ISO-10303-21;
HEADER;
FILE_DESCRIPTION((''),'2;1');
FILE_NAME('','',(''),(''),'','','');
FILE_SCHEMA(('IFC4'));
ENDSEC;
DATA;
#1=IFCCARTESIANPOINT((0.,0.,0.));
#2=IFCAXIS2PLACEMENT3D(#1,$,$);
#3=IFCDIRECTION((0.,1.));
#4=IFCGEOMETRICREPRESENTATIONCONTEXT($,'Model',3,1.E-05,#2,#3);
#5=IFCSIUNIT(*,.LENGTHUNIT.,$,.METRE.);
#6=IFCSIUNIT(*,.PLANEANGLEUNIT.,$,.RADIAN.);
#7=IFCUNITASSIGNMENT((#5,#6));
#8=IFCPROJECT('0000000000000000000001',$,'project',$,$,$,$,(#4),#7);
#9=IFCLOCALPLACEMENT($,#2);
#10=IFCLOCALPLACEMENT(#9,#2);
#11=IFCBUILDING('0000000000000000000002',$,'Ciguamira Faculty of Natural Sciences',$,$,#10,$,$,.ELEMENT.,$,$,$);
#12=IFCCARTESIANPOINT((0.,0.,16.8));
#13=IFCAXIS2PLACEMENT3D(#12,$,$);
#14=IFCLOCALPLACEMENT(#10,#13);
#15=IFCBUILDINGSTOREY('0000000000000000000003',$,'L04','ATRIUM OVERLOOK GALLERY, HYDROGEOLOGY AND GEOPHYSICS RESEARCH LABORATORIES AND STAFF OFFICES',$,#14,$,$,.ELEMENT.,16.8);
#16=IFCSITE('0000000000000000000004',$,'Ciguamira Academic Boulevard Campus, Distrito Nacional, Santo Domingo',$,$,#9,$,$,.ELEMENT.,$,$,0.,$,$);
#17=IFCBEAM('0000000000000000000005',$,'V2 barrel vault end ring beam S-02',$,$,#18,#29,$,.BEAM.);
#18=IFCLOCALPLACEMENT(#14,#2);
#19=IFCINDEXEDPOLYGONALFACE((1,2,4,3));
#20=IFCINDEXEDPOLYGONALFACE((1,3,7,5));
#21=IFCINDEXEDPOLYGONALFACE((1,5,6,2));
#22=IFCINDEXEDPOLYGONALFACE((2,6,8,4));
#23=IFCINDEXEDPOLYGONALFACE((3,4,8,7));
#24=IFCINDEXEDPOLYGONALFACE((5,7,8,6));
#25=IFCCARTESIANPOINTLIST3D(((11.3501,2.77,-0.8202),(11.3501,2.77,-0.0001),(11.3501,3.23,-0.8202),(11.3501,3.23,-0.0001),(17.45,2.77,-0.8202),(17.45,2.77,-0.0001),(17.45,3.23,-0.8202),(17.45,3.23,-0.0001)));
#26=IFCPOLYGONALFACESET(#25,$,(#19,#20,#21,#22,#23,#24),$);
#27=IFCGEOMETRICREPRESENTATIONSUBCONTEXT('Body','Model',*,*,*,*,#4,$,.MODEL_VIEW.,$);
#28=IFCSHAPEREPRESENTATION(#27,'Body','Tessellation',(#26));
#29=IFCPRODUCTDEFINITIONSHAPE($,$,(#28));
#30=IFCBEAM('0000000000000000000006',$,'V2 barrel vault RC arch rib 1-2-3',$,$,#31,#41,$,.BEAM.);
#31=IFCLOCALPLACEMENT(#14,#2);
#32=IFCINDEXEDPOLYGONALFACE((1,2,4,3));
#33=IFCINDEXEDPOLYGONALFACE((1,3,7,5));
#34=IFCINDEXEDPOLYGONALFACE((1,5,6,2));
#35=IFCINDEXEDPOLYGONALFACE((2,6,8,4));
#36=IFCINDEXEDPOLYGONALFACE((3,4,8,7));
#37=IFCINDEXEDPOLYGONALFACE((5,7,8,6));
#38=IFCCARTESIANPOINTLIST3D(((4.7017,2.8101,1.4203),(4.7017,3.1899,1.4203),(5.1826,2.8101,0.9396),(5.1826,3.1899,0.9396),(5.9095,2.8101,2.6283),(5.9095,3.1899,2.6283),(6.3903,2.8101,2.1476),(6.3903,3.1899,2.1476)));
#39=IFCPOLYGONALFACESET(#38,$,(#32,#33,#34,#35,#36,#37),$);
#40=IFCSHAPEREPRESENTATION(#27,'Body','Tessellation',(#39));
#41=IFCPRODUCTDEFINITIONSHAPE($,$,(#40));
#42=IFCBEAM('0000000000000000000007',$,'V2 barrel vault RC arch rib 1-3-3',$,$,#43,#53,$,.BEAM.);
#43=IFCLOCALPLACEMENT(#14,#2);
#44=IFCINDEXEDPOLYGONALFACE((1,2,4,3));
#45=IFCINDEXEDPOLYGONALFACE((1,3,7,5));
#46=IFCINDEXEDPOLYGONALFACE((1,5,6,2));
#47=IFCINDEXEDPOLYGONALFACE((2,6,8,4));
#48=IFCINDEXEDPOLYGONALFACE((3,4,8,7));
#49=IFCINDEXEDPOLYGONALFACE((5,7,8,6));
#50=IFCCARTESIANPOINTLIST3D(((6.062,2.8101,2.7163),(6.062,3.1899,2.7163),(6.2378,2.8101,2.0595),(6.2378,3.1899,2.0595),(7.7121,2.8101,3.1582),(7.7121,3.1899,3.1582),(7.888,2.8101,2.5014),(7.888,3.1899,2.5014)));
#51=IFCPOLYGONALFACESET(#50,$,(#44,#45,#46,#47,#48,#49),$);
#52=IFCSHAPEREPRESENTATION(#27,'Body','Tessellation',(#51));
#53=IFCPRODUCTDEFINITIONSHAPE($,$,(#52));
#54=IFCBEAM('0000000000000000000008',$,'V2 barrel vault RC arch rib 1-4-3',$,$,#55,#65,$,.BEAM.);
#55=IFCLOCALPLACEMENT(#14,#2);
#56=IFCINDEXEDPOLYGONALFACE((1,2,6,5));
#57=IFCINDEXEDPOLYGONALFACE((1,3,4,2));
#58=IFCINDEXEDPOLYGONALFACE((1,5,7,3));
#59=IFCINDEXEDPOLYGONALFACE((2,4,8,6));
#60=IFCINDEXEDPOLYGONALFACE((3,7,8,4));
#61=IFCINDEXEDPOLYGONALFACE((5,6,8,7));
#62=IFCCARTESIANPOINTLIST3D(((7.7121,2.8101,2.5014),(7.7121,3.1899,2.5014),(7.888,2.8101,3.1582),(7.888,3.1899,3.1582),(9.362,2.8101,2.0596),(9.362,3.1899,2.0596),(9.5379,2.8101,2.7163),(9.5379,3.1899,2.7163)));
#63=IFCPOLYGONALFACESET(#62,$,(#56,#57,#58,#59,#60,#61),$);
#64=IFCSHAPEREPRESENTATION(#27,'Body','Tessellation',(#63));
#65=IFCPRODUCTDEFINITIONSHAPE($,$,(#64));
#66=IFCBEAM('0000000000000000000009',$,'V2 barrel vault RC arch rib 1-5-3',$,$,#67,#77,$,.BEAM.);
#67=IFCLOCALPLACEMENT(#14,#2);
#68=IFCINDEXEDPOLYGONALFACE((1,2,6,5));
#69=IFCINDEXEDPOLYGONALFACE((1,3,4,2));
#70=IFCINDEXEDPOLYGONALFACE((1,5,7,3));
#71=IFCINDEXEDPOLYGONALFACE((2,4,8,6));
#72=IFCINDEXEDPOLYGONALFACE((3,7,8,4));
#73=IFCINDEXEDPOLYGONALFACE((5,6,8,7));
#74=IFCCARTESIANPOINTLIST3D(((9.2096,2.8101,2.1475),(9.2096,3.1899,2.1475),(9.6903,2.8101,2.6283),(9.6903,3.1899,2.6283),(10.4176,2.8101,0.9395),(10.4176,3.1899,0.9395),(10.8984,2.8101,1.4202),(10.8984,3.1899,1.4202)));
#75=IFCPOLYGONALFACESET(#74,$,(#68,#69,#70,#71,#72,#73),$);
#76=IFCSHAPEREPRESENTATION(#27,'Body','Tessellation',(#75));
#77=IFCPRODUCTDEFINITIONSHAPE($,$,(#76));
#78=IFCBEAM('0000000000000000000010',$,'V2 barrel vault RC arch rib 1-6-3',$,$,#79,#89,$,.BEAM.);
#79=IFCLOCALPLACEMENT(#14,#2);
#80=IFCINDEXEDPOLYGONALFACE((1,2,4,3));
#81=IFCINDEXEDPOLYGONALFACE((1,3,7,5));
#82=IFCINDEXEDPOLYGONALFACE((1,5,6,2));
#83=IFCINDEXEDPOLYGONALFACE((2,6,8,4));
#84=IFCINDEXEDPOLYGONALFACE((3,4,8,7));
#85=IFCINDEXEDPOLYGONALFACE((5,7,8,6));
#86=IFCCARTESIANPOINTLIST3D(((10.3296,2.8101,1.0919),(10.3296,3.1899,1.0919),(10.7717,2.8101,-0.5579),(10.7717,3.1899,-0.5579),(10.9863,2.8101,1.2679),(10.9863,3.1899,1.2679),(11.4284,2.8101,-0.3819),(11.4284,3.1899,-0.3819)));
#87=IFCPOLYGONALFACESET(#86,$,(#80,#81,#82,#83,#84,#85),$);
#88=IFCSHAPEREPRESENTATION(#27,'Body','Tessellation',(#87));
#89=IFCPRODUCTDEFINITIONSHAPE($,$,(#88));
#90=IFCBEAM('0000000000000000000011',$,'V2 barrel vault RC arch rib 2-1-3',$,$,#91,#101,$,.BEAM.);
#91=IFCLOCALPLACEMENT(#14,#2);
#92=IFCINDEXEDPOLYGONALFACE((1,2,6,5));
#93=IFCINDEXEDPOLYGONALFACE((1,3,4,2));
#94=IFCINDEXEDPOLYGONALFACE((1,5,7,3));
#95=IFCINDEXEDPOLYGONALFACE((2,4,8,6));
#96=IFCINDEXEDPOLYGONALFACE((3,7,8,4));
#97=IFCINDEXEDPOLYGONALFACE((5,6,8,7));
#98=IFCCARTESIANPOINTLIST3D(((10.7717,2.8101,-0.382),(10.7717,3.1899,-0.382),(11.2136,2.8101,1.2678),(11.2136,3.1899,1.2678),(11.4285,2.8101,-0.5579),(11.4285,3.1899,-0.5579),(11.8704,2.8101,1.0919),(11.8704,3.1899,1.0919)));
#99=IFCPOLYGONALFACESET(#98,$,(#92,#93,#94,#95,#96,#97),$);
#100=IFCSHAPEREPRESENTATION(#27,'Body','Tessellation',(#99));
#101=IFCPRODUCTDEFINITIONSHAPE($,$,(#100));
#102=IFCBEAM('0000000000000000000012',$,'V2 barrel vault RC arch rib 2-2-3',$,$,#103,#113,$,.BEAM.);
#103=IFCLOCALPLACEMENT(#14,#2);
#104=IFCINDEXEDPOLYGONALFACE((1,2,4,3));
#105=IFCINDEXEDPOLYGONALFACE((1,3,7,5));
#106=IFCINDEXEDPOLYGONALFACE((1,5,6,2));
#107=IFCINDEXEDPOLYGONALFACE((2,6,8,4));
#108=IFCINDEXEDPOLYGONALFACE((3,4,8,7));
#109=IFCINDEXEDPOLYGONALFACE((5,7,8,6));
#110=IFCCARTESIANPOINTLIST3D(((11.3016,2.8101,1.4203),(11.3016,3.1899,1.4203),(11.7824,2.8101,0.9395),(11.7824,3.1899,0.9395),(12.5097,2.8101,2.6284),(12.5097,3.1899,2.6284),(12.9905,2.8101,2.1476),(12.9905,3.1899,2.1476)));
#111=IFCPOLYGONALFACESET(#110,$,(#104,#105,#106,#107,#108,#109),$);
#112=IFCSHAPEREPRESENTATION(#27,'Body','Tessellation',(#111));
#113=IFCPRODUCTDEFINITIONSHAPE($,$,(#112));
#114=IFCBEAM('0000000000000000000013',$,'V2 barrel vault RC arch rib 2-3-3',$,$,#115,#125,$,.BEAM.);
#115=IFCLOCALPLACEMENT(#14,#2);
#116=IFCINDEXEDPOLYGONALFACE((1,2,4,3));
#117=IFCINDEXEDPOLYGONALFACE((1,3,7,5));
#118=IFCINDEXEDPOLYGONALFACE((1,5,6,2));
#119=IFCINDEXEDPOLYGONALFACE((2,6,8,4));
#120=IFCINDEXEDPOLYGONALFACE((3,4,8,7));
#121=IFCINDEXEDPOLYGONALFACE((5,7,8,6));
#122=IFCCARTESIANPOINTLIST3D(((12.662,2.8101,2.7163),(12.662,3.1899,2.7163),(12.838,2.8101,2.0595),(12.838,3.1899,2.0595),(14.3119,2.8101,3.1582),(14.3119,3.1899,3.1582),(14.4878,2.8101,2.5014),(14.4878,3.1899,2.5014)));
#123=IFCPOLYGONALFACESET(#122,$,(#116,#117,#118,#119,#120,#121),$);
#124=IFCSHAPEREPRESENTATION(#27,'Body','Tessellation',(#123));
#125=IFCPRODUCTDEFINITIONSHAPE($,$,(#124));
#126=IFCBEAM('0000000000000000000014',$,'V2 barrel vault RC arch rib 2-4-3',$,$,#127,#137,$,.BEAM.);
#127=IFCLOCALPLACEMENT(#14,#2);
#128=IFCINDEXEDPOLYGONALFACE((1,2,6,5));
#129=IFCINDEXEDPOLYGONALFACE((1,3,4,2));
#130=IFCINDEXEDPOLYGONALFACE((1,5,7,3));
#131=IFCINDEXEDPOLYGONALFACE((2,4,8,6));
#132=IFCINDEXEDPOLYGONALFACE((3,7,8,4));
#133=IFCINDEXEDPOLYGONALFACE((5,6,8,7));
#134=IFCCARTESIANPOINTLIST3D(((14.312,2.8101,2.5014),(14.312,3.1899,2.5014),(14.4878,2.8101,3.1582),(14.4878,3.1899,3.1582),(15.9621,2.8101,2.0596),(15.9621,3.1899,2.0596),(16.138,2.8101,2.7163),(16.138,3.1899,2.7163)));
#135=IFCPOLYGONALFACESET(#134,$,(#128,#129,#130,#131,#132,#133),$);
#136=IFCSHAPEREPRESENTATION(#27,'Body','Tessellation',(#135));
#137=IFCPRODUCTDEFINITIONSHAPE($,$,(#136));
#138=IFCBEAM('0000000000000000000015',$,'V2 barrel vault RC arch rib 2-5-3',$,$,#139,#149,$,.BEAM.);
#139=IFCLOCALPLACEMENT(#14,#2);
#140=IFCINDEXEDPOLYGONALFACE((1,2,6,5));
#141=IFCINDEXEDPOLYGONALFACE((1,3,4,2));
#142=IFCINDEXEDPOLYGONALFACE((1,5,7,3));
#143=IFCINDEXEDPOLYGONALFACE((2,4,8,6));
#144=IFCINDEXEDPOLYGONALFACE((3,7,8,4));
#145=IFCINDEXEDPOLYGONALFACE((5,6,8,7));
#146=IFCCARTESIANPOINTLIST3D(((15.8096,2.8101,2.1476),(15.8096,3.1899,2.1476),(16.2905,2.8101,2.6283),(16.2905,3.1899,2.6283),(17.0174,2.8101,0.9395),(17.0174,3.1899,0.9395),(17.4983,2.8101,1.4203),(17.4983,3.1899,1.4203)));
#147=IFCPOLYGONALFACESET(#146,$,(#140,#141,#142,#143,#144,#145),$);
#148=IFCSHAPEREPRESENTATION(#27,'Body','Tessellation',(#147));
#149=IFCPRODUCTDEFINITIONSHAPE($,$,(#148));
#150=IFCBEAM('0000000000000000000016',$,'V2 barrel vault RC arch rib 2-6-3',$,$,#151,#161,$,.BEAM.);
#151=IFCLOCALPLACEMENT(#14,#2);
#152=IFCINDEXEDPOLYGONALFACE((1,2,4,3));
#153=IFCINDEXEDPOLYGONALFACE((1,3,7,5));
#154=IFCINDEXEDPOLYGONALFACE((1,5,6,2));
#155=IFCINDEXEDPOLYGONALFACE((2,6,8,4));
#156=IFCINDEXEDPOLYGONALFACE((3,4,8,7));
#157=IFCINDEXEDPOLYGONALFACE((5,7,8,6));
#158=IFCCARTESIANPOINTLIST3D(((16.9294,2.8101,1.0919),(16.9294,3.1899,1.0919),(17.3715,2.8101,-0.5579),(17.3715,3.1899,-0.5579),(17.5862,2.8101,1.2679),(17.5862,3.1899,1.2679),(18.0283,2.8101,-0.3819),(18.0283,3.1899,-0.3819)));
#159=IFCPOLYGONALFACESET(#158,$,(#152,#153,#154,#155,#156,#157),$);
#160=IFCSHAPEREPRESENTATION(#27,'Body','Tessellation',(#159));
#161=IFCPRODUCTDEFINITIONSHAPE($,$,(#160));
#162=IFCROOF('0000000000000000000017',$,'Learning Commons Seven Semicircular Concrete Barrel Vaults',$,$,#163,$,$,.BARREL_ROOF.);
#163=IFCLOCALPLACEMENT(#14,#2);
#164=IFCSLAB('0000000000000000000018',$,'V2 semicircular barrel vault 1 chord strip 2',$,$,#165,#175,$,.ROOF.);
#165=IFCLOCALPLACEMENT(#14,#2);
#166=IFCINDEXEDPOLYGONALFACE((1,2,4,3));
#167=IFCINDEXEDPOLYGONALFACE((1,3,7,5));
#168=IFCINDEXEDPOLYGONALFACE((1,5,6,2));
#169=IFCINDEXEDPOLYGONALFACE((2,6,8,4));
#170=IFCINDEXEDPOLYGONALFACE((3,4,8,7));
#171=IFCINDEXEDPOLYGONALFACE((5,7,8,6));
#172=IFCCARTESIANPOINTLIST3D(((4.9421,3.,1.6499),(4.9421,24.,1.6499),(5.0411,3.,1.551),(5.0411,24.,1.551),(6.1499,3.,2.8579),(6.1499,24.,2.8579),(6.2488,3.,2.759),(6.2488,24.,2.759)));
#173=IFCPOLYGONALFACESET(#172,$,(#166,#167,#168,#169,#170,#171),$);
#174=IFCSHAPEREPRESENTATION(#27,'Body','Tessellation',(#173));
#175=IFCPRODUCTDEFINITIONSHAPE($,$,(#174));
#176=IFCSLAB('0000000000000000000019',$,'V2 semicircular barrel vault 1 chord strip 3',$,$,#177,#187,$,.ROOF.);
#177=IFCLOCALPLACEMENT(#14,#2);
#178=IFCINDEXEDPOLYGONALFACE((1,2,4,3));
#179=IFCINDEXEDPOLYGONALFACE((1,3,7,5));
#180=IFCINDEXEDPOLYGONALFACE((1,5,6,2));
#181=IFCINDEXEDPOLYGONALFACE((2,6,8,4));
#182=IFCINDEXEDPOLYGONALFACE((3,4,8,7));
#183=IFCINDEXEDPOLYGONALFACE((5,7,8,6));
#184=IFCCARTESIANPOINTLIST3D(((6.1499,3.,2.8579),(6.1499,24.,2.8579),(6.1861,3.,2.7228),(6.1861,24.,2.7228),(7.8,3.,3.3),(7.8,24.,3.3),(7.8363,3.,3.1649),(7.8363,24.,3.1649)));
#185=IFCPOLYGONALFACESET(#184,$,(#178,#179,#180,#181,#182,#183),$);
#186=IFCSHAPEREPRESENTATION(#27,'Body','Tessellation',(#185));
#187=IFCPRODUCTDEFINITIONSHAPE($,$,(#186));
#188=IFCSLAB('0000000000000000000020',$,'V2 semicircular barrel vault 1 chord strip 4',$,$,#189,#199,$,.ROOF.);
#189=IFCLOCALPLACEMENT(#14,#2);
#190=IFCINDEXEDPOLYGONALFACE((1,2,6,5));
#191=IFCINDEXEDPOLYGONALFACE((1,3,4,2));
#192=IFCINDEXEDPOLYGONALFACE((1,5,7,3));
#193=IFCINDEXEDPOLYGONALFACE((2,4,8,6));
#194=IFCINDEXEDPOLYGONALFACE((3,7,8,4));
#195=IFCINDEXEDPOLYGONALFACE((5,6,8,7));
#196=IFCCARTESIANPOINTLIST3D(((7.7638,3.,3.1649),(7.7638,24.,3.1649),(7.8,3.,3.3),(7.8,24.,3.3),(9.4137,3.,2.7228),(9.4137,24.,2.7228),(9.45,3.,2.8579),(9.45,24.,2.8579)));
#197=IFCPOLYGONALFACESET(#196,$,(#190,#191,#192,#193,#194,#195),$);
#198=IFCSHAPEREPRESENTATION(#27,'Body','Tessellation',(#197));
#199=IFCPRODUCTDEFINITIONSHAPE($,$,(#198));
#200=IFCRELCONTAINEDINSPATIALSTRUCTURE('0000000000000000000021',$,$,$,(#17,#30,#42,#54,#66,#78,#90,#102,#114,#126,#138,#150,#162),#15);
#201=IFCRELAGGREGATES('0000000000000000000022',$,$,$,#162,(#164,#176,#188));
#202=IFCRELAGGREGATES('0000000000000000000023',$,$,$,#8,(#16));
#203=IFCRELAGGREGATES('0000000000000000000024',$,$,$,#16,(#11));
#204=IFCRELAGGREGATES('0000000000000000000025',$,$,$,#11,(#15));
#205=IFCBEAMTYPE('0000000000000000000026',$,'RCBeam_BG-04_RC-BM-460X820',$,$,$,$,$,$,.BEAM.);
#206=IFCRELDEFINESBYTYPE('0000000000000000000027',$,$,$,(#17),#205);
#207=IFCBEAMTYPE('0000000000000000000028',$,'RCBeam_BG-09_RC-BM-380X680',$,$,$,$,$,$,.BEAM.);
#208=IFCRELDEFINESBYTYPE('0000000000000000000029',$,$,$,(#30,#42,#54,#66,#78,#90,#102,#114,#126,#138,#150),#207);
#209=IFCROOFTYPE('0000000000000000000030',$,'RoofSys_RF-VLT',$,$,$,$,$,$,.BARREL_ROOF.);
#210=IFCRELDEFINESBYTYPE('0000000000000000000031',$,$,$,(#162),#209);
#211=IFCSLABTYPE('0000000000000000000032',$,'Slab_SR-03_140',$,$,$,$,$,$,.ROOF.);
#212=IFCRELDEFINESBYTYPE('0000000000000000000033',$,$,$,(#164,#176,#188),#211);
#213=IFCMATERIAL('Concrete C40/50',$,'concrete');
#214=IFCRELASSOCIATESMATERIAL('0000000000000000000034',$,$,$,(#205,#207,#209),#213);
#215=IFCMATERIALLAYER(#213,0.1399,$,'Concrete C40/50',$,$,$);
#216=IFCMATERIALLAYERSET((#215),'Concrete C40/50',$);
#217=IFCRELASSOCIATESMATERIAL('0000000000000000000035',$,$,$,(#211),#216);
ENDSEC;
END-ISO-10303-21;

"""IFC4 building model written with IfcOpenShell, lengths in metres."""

from ifc_helpers import new_model, si_unit, direction, frame, origin, origin_2d, place, context, subcontext, project, spatial, polyline, rectangle, outline, extrude, material, layer, layer_set, material_profile, profile_set, type_object, element, aggregate, save


model = new_model("IFC4")

# Units and contexts
model_context = context("Model", 3, precision=1e-05, world=origin(), true_north=direction((0.0, 1.0)))
body_context = subcontext(model_context, "Body", "Model", "MODEL_VIEW")
ifc_project = project(units=[si_unit("LENGTHUNIT", "METRE"), si_unit("PLANEANGLEUNIT", "RADIAN")], contexts=[model_context])

# Site, building, storey
site_placement = place(None, origin())
site = spatial("IfcSite", under=ifc_project, at=site_placement, Name="Ciguamira Academic Boulevard Campus, Distrito Nacional, Santo Domingo", CompositionType="ELEMENT", RefElevation=0.0)
building_placement = place(site_placement, origin())
building = spatial("IfcBuilding", under=site, at=building_placement, Name="Ciguamira Faculty of Natural Sciences", CompositionType="ELEMENT")
storey_placement = place(building_placement, frame((0.0, 0.0, 16.8)))
storey = spatial("IfcBuildingStorey", under=building, at=storey_placement, Name="L04", Description="ATRIUM OVERLOOK GALLERY, HYDROGEOLOGY AND GEOPHYSICS RESEARCH LABORATORIES AND STAFF OFFICES", CompositionType="ELEMENT", Elevation=16.8)

# Beams
ifc_material = material(Name="Concrete C40/50", Category="concrete")
ifc_material_profile_1 = material_profile(ifc_material, rectangle(XDim=0.46, YDim=0.8201, at=origin_2d()), Name="RC-BM-460X820")
ifc_profile_set_1 = profile_set([ifc_material_profile_1], Name="Concrete C40/50")
beam_type_1 = type_object("IfcBeamType", Name="RCBeam_BG-04_RC-BM-460X820", PredefinedType="BEAM", material=ifc_profile_set_1)
beam_1_placement = place(storey_placement, frame((11.3501, 3.0, -0.4102), z_axis=(1.0, 0.0, 0.0), x_axis=(0.0, 1.0, 0.0)))
element("IfcBeam", 1, at=beam_1_placement, inside=storey, type_object=beam_type_1, Name="V2 barrel vault end ring beam S-02", PredefinedType="BEAM", context=body_context, shape_type="SweptSolid", body=[
    extrude(rectangle(XDim=0.46, YDim=0.8201, at=origin_2d()), origin(), (0.0, 0.0, 1.0), 6.0999),
])
ifc_material_profile_2 = material_profile(ifc_material, rectangle(XDim=0.3799, YDim=0.6799, at=origin_2d()), Name="RC-BM-380X680")
ifc_profile_set_2 = profile_set([ifc_material_profile_2], Name="Concrete C40/50")
beam_type_2 = type_object("IfcBeamType", Name="RCBeam_BG-09_RC-BM-380X680", PredefinedType="BEAM", material=ifc_profile_set_2)
for number, where, z_axis, x_axis, name in (
    (2, (4.9421, 3.0, 1.1799), (0.707035, 0.0, 0.707178), (0.0, 1.0, 0.0), "V2 barrel vault RC arch rib 1-2-3"),
    (3, (6.1499, 3.0, 2.3879), (0.965964, 0.0, 0.258677), (0.0, 1.0, 0.0), "V2 barrel vault RC arch rib 1-3-3"),
):
    element("IfcBeam", number, at=place(storey_placement, frame(where, z_axis=z_axis, x_axis=x_axis)), inside=storey, type_object=beam_type_2, Name=name, PredefinedType="BEAM", context=body_context, shape_type="SweptSolid", body=[
        extrude(rectangle(XDim=0.3799, YDim=0.6799, at=origin_2d()), origin(), (0.0, 0.0, 1.0), 1.7083),
    ])
beam_2_placement = place(storey_placement, frame((7.8, 3.0, 2.8298), z_axis=(0.965954, 0.0, -0.258712), x_axis=(0.0, 1.0, 0.0)))
element("IfcBeam", 4, at=beam_2_placement, inside=storey, type_object=beam_type_2, Name="V2 barrel vault RC arch rib 1-4-3", PredefinedType="BEAM", context=body_context, shape_type="SweptSolid", body=[
    extrude(rectangle(XDim=0.3799, YDim=0.6799, at=origin_2d()), origin(), (0.0, 0.0, 1.0), 1.708),
])
beam_3_placement = place(storey_placement, frame((9.45, 3.0, 2.3879), z_axis=(0.707107, 0.0, -0.707107), x_axis=(0.0, 1.0, 0.0)))
element("IfcBeam", 5, at=beam_3_placement, inside=storey, type_object=beam_type_2, Name="V2 barrel vault RC arch rib 1-5-3", PredefinedType="BEAM", context=body_context, shape_type="SweptSolid", body=[
    extrude(rectangle(XDim=0.3799, YDim=0.6799, at=origin_2d()), origin(), (0.0, 0.0, 1.0), 1.7085),
])
for number, where, z_axis, x_axis, name in (
    (6, (10.658, 3.0, 1.1799), (0.258846, 0.0, -0.965919), (0.0, 1.0, 0.0), "V2 barrel vault RC arch rib 1-6-3"),
    (7, (11.1001, 3.0, -0.47), (0.258712, 0.0, 0.965954), (0.0, 1.0, 0.0), "V2 barrel vault RC arch rib 2-1-3"),
):
    element("IfcBeam", number, at=place(storey_placement, frame(where, z_axis=z_axis, x_axis=x_axis)), inside=storey, type_object=beam_type_2, Name=name, PredefinedType="BEAM", context=body_context, shape_type="SweptSolid", body=[
        extrude(rectangle(XDim=0.3799, YDim=0.6799, at=origin_2d()), origin(), (0.0, 0.0, 1.0), 1.708),
    ])
beam_4_placement = place(storey_placement, frame((11.542, 3.0, 1.1799), z_axis=(0.707107, 0.0, 0.707107), x_axis=(0.0, 1.0, 0.0)))
element("IfcBeam", 8, at=beam_4_placement, inside=storey, type_object=beam_type_2, Name="V2 barrel vault RC arch rib 2-2-3", PredefinedType="BEAM", context=body_context, shape_type="SweptSolid", body=[
    extrude(rectangle(XDim=0.3799, YDim=0.6799, at=origin_2d()), origin(), (0.0, 0.0, 1.0), 1.7085),
])
beam_5_placement = place(storey_placement, frame((12.75, 3.0, 2.3879), z_axis=(0.965954, 0.0, 0.258712), x_axis=(0.0, 1.0, 0.0)))
element("IfcBeam", 9, at=beam_5_placement, inside=storey, type_object=beam_type_2, Name="V2 barrel vault RC arch rib 2-3-3", PredefinedType="BEAM", context=body_context, shape_type="SweptSolid", body=[
    extrude(rectangle(XDim=0.3799, YDim=0.6799, at=origin_2d()), origin(), (0.0, 0.0, 1.0), 1.708),
])
for number, where, z_axis, x_axis, name in (
    (10, (14.3999, 3.0, 2.8298), (0.965964, 0.0, -0.258677), (0.0, 1.0, 0.0), "V2 barrel vault RC arch rib 2-4-3"),
    (11, (16.05, 3.0, 2.3879), (0.707035, 0.0, -0.707178), (0.0, 1.0, 0.0), "V2 barrel vault RC arch rib 2-5-3"),
):
    element("IfcBeam", number, at=place(storey_placement, frame(where, z_axis=z_axis, x_axis=x_axis)), inside=storey, type_object=beam_type_2, Name=name, PredefinedType="BEAM", context=body_context, shape_type="SweptSolid", body=[
        extrude(rectangle(XDim=0.3799, YDim=0.6799, at=origin_2d()), origin(), (0.0, 0.0, 1.0), 1.7083),
    ])
beam_6_placement = place(storey_placement, frame((17.2578, 3.0, 1.1799), z_axis=(0.258846, 0.0, -0.965919), x_axis=(0.0, 1.0, 0.0)))
element("IfcBeam", 12, at=beam_6_placement, inside=storey, type_object=beam_type_2, Name="V2 barrel vault RC arch rib 2-6-3", PredefinedType="BEAM", context=body_context, shape_type="SweptSolid", body=[
    extrude(rectangle(XDim=0.3799, YDim=0.6799, at=origin_2d()), origin(), (0.0, 0.0, 1.0), 1.708),
])

# Roof, slabs
roof_type = type_object("IfcRoofType", Name="RoofSys_RF-VLT", PredefinedType="BARREL_ROOF", material=ifc_material)
roof_placement = place(storey_placement, origin())
roof = element("IfcRoof", 13, at=roof_placement, inside=storey, type_object=roof_type, Name="Learning Commons Seven Semicircular Concrete Barrel Vaults", PredefinedType="BARREL_ROOF")
ifc_layer = layer(ifc_material, 0.1399, Name="Concrete C40/50")
ifc_layer_set = layer_set([ifc_layer], Name="Concrete C40/50")
slab_type = type_object("IfcSlabType", Name="Slab_SR-03_140", PredefinedType="ROOF", material=ifc_layer_set)
slab_1_placement = place(storey_placement, frame((4.9421, 3.0, 1.6499), z_axis=(-0.707178, 0.0, 0.707035), x_axis=(0.707035, 0.0, 0.707178)))
slab_1 = element("IfcSlab", 14, at=slab_1_placement, type_object=slab_type, Name="V2 semicircular barrel vault 1 chord strip 2", PredefinedType="ROOF", context=body_context, shape_type="SweptSolid", body=[
    extrude(outline(polyline([(0.0, 0.0), (1.7082, 0.0), (1.7082, 21.0), (0.0, 21.0), (0.0, 0.0)])), origin(), (0.0, 0.0, -1.0), 0.1399),
])
slab_2_placement = place(storey_placement, frame((6.1499, 3.0, 2.8579), z_axis=(-0.25881, 0.0, 0.965928), x_axis=(0.965928, 0.0, 0.25881)))
slab_2 = element("IfcSlab", 15, at=slab_2_placement, type_object=slab_type, Name="V2 semicircular barrel vault 1 chord strip 3", PredefinedType="ROOF", context=body_context, shape_type="SweptSolid", body=[
    extrude(outline(polyline([(0.0, 0.0), (1.7084, 0.0), (1.7084, 21.0), (0.0, 21.0), (0.0, 0.0)])), origin(), (0.0, 0.0, -1.0), 0.1399),
])
slab_3_placement = place(storey_placement, frame((7.8, 3.0, 3.3), z_axis=(0.258846, 0.0, 0.965919), x_axis=(0.965919, 0.0, -0.258846)))
slab_3 = element("IfcSlab", 16, at=slab_3_placement, type_object=slab_type, Name="V2 semicircular barrel vault 1 chord strip 4", PredefinedType="ROOF", context=body_context, shape_type="SweptSolid", body=[
    extrude(outline(polyline([(0.0, 0.0), (1.7081, 0.0), (1.7081, 21.0), (0.0, 21.0), (0.0, 0.0)])), origin(), (0.0, 0.0, -1.0), 0.1399),
])
aggregate(roof, [slab_1, slab_2, slab_3])

save(model, "model.ifc")
